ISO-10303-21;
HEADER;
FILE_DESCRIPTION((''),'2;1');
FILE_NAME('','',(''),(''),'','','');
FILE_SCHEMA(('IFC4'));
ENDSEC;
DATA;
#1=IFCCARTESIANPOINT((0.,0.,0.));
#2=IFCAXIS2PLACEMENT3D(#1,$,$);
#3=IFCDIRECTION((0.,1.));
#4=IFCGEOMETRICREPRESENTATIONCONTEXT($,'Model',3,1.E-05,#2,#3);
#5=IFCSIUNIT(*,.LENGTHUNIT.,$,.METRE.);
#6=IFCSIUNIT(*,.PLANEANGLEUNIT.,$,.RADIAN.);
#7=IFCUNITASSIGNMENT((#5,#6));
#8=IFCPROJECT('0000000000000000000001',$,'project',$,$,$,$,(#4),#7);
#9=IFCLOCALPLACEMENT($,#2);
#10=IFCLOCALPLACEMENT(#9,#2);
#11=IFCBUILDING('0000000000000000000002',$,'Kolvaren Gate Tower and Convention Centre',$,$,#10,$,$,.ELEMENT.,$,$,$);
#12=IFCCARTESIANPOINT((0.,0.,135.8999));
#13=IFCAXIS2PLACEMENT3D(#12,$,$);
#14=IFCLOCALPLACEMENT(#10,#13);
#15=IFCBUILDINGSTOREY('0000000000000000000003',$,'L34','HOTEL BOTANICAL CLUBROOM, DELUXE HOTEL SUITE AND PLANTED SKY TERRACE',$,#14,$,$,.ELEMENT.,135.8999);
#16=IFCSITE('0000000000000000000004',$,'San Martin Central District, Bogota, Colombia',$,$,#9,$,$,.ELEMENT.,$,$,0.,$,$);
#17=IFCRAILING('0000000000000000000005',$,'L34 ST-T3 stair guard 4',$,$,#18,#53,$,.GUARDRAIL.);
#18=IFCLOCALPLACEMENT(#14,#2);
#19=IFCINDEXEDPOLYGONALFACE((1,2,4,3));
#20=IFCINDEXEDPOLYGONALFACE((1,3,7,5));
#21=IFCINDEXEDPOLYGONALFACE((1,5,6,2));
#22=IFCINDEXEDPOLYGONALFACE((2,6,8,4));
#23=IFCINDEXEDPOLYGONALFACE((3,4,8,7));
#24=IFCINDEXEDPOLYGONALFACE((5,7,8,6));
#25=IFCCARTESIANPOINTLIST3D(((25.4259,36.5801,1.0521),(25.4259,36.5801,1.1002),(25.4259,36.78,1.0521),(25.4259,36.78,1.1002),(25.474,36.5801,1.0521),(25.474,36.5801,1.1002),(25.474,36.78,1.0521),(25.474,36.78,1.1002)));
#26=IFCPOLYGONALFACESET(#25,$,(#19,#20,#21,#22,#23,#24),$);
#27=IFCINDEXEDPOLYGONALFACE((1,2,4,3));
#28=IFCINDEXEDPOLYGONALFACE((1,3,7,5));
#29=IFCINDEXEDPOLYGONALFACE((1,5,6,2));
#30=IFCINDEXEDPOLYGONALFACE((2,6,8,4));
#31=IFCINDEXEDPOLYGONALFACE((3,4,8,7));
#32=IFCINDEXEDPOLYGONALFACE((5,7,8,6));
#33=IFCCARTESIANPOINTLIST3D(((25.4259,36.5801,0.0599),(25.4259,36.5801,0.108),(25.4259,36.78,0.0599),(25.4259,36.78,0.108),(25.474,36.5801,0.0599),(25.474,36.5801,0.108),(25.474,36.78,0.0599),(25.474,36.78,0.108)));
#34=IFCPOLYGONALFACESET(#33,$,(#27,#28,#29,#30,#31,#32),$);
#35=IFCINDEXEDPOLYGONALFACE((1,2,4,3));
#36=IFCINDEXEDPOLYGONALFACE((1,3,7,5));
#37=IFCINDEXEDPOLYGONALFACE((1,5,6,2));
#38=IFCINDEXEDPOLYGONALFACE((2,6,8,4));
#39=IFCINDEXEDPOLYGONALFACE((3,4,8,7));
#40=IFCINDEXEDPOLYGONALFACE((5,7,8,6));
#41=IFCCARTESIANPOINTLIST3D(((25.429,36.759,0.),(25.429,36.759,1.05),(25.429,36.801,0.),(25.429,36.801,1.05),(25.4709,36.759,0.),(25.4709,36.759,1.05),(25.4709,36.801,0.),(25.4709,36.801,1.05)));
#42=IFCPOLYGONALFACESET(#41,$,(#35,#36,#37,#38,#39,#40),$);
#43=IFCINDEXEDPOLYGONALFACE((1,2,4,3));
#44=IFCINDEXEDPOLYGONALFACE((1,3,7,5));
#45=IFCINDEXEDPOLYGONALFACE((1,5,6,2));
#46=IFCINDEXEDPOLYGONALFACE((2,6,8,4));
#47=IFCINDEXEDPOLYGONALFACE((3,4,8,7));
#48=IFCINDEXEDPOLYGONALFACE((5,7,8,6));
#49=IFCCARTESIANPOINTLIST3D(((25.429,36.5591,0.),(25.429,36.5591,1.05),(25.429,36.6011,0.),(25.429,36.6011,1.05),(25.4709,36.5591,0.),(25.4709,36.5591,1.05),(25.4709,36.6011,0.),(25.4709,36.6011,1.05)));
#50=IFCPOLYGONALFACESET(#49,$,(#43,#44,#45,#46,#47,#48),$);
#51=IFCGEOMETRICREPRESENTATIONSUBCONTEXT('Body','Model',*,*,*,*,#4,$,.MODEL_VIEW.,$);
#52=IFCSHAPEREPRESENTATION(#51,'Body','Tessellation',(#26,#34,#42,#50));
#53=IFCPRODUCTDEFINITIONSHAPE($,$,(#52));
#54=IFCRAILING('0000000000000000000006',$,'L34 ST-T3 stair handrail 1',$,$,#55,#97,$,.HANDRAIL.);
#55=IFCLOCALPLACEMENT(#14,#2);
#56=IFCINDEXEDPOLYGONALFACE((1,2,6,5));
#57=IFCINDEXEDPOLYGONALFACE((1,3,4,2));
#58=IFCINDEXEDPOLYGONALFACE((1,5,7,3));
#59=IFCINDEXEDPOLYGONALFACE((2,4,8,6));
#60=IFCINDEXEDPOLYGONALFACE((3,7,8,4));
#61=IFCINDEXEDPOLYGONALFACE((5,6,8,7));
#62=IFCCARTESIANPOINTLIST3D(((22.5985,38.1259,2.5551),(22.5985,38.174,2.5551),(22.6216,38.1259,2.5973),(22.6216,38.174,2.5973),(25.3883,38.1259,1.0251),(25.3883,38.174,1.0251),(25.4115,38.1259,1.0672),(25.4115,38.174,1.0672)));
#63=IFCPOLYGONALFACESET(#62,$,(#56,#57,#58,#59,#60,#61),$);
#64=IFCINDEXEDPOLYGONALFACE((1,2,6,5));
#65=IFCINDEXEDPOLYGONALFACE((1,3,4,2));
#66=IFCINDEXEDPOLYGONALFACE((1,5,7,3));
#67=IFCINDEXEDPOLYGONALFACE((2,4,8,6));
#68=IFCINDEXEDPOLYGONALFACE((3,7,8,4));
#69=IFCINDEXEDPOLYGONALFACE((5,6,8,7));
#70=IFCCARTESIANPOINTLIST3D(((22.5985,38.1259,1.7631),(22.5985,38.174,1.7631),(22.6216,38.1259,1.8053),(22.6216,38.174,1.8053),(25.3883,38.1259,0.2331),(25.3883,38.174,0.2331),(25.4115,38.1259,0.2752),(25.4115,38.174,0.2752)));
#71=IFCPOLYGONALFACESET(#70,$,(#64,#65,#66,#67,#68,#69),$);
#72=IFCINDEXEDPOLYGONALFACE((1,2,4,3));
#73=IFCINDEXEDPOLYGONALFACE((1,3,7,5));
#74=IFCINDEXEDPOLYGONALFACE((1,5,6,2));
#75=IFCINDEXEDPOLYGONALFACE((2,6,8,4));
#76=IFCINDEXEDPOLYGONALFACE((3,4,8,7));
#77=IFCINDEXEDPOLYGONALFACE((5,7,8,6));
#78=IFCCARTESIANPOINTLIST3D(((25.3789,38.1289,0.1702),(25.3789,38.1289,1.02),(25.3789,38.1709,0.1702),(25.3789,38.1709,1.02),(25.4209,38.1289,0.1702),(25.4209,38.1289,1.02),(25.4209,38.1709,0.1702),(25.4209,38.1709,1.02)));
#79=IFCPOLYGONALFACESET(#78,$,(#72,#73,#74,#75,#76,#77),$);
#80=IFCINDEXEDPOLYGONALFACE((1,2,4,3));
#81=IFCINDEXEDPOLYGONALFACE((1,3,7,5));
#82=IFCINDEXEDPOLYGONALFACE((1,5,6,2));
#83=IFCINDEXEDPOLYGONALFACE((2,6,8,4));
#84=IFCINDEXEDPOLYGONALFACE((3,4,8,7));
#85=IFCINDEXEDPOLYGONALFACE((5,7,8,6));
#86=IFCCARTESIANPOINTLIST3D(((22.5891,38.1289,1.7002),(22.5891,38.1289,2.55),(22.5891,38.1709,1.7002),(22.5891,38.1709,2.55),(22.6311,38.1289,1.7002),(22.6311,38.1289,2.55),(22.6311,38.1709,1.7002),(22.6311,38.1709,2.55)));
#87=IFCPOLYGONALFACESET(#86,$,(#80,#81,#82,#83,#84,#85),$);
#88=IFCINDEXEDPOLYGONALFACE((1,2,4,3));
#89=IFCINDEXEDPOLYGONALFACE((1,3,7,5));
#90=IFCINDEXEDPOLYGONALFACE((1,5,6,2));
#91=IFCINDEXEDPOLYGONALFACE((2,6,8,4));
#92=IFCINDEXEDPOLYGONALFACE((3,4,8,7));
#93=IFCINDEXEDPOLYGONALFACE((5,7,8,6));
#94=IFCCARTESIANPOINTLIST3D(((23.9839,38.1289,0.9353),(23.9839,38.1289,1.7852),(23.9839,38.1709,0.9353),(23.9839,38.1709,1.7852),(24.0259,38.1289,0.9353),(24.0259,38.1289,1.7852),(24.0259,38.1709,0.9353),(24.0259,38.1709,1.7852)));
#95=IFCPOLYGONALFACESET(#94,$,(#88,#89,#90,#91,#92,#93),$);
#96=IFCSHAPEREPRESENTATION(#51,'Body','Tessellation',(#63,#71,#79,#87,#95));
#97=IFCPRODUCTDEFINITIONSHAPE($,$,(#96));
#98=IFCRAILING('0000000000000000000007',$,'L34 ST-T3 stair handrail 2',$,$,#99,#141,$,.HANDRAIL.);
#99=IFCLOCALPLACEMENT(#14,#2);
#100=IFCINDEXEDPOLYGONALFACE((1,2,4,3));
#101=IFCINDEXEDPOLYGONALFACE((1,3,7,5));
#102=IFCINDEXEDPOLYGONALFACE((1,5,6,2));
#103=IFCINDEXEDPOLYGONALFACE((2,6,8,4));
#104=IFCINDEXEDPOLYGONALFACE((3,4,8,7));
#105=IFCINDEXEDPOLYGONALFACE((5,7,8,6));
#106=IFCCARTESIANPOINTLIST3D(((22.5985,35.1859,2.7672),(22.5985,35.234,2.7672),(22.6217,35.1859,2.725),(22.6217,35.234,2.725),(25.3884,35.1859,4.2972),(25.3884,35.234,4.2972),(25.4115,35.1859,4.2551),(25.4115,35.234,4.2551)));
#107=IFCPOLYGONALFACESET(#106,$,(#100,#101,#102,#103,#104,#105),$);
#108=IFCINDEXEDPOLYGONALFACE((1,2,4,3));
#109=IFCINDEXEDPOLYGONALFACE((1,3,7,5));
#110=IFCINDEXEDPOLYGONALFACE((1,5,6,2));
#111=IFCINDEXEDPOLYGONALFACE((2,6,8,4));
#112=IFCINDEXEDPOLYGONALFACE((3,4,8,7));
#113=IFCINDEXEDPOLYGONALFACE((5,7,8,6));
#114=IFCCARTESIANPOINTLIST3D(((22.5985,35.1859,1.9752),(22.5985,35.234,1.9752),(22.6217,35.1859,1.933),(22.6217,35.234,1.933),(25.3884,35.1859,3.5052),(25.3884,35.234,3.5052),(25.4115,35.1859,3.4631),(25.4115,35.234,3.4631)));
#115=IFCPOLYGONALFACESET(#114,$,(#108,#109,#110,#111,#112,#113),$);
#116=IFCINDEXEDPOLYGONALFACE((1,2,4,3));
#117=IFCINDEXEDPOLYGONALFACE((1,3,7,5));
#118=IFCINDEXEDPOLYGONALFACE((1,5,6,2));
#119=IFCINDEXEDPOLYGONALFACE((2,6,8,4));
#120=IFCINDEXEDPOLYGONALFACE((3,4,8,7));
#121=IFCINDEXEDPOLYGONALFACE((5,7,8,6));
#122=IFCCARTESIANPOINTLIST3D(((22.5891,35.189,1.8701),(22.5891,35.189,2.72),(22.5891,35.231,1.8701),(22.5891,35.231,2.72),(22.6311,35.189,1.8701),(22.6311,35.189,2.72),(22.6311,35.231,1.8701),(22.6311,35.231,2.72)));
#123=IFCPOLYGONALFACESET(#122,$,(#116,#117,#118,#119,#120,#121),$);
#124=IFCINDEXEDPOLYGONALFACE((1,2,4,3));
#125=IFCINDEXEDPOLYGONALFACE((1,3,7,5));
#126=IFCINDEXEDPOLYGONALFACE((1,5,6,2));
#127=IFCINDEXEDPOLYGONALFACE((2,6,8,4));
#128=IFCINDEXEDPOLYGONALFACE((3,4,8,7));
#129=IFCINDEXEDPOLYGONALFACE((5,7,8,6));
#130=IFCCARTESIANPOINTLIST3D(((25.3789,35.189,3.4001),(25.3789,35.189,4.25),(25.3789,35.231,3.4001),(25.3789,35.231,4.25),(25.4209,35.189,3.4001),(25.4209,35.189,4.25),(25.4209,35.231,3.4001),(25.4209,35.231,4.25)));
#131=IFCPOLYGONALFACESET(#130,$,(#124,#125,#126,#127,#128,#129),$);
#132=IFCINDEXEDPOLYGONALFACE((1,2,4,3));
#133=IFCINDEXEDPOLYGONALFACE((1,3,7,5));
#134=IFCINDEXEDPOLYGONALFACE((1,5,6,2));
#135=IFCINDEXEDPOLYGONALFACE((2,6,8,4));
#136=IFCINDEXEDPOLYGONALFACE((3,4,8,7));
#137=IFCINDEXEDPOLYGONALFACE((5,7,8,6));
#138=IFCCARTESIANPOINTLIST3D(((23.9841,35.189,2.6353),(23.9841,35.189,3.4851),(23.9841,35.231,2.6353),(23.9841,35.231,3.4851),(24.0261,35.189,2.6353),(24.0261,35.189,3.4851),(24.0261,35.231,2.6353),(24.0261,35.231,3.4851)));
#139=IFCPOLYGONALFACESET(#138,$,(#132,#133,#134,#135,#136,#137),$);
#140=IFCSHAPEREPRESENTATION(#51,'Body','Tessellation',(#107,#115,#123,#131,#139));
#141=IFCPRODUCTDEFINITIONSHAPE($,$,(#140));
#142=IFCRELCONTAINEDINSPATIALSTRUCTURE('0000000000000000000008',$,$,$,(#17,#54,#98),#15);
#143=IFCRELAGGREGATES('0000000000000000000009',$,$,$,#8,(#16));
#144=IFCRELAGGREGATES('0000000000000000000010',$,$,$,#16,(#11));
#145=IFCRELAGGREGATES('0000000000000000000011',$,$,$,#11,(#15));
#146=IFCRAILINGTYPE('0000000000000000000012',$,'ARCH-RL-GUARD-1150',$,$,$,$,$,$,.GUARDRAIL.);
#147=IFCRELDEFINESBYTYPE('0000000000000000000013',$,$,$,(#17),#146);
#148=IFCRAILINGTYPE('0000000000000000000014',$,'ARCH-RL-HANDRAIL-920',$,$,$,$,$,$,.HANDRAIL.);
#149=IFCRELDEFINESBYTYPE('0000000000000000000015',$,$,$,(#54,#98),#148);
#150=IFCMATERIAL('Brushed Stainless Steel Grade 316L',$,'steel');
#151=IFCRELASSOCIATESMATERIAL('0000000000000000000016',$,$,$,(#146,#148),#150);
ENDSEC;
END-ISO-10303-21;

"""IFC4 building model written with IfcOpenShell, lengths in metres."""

from ifc_helpers import new_model, si_unit, direction, frame, origin, origin_2d, place, context, subcontext, project, spatial, rectangle, extrude, material, type_object, element, save


model = new_model("IFC4")

# Units and contexts
model_context = context("Model", 3, precision=1e-05, world=origin(), true_north=direction((0.0, 1.0)))
body_context = subcontext(model_context, "Body", "Model", "MODEL_VIEW")
ifc_project = project(units=[si_unit("LENGTHUNIT", "METRE"), si_unit("PLANEANGLEUNIT", "RADIAN")], contexts=[model_context])

# Site, building, storey
site_placement = place(None, origin())
site = spatial("IfcSite", under=ifc_project, at=site_placement, Name="San Martin Central District, Bogota, Colombia", CompositionType="ELEMENT", RefElevation=0.0)
building_placement = place(site_placement, origin())
building = spatial("IfcBuilding", under=site, at=building_placement, Name="Kolvaren Gate Tower and Convention Centre", CompositionType="ELEMENT")
storey_placement = place(building_placement, frame((0.0, 0.0, 135.8999)))
storey = spatial("IfcBuildingStorey", under=building, at=storey_placement, Name="L34", Description="HOTEL BOTANICAL CLUBROOM, DELUXE HOTEL SUITE AND PLANTED SKY TERRACE", CompositionType="ELEMENT", Elevation=135.8999)

# Railings
ifc_material_1 = material(Name="Brushed Stainless Steel Grade 316L", Category="steel")
railing_type_1 = type_object("IfcRailingType", Name="ARCH-RL-GUARD-1150", PredefinedType="GUARDRAIL", material=ifc_material_1)
railing_1_placement = place(storey_placement, frame((25.45, 36.78, 0.0)))
element("IfcRailing", 1, at=railing_1_placement, inside=storey, type_object=railing_type_1, Name="L34 ST-T3 stair guard 4", PredefinedType="GUARDRAIL", context=body_context, shape_type="SweptSolid", body=[
    extrude(rectangle(XDim=0.0481, YDim=0.0481, at=origin_2d()), frame((0.0, 0.0, 1.0762), z_axis=(0.0, -1.0, 0.0), x_axis=(1.0, 0.0, 0.0)), (0.0, 0.0, 1.0), 0.2),
    extrude(rectangle(XDim=0.0481, YDim=0.0481, at=origin_2d()), frame((0.0, 0.0, 0.084), z_axis=(0.0, -1.0, 0.0), x_axis=(1.0, 0.0, 0.0)), (0.0, 0.0, 1.0), 0.2),
    extrude(rectangle(XDim=0.042, YDim=0.042, at=origin_2d()), origin(), (0.0, 0.0, 1.0), 1.05),
    extrude(rectangle(XDim=0.042, YDim=0.042, at=origin_2d()), frame((0.0, -0.2, 0.0)), (0.0, 0.0, 1.0), 1.05),
])
railing_type_2 = type_object("IfcRailingType", Name="ARCH-RL-HANDRAIL-920", PredefinedType="HANDRAIL", material=ifc_material_1)
railing_2_placement = place(storey_placement, frame((25.3999, 38.1499, 0.1702)))
element("IfcRailing", 2, at=railing_2_placement, inside=storey, type_object=railing_type_2, Name="L34 ST-T3 stair handrail 1", PredefinedType="HANDRAIL", context=body_context, shape_type="SweptSolid", body=[
    extrude(rectangle(XDim=0.0481, YDim=0.0481, at=origin_2d()), frame((0.0, 0.0, 0.876), z_axis=(-0.876794, 0.0, 0.480867), x_axis=(0.0, -1.0, 0.0)), (0.0, 0.0, 1.0), 3.1819),
    extrude(rectangle(XDim=0.0481, YDim=0.0481, at=origin_2d()), frame((0.0, 0.0, 0.084), z_axis=(-0.876794, 0.0, 0.480867), x_axis=(0.0, -1.0, 0.0)), (0.0, 0.0, 1.0), 3.1819),
    extrude(rectangle(XDim=0.042, YDim=0.042, at=origin_2d()), origin(), (0.0, 0.0, 1.0), 0.8499),
    extrude(rectangle(XDim=0.042, YDim=0.042, at=origin_2d()), frame((-2.7898, 0.0, 1.53)), (0.0, 0.0, 1.0), 0.8499),
    extrude(rectangle(XDim=0.042, YDim=0.042, at=origin_2d()), frame((-1.395, 0.0, 0.7651)), (0.0, 0.0, 1.0), 0.8499),
])
railing_3_placement = place(storey_placement, frame((22.6101, 35.21, 1.8701)))
element("IfcRailing", 3, at=railing_3_placement, inside=storey, type_object=railing_type_2, Name="L34 ST-T3 stair handrail 2", PredefinedType="HANDRAIL", context=body_context, shape_type="SweptSolid", body=[
    extrude(rectangle(XDim=0.0481, YDim=0.0481, at=origin_2d()), frame((0.0, 0.0, 0.876), z_axis=(0.876794, 0.0, 0.480867), x_axis=(0.0, 1.0, 0.0)), (0.0, 0.0, 1.0), 3.1819),
    extrude(rectangle(XDim=0.0481, YDim=0.0481, at=origin_2d()), frame((0.0, 0.0, 0.084), z_axis=(0.876794, 0.0, 0.480867), x_axis=(0.0, 1.0, 0.0)), (0.0, 0.0, 1.0), 3.1819),
    extrude(rectangle(XDim=0.042, YDim=0.042, at=origin_2d()), origin(), (0.0, 0.0, 1.0), 0.8499),
    extrude(rectangle(XDim=0.042, YDim=0.042, at=origin_2d()), frame((2.7898, 0.0, 1.53)), (0.0, 0.0, 1.0), 0.8499),
    extrude(rectangle(XDim=0.042, YDim=0.042, at=origin_2d()), frame((1.395, 0.0, 0.7651)), (0.0, 0.0, 1.0), 0.8499),
])

save(model, "model.ifc")
